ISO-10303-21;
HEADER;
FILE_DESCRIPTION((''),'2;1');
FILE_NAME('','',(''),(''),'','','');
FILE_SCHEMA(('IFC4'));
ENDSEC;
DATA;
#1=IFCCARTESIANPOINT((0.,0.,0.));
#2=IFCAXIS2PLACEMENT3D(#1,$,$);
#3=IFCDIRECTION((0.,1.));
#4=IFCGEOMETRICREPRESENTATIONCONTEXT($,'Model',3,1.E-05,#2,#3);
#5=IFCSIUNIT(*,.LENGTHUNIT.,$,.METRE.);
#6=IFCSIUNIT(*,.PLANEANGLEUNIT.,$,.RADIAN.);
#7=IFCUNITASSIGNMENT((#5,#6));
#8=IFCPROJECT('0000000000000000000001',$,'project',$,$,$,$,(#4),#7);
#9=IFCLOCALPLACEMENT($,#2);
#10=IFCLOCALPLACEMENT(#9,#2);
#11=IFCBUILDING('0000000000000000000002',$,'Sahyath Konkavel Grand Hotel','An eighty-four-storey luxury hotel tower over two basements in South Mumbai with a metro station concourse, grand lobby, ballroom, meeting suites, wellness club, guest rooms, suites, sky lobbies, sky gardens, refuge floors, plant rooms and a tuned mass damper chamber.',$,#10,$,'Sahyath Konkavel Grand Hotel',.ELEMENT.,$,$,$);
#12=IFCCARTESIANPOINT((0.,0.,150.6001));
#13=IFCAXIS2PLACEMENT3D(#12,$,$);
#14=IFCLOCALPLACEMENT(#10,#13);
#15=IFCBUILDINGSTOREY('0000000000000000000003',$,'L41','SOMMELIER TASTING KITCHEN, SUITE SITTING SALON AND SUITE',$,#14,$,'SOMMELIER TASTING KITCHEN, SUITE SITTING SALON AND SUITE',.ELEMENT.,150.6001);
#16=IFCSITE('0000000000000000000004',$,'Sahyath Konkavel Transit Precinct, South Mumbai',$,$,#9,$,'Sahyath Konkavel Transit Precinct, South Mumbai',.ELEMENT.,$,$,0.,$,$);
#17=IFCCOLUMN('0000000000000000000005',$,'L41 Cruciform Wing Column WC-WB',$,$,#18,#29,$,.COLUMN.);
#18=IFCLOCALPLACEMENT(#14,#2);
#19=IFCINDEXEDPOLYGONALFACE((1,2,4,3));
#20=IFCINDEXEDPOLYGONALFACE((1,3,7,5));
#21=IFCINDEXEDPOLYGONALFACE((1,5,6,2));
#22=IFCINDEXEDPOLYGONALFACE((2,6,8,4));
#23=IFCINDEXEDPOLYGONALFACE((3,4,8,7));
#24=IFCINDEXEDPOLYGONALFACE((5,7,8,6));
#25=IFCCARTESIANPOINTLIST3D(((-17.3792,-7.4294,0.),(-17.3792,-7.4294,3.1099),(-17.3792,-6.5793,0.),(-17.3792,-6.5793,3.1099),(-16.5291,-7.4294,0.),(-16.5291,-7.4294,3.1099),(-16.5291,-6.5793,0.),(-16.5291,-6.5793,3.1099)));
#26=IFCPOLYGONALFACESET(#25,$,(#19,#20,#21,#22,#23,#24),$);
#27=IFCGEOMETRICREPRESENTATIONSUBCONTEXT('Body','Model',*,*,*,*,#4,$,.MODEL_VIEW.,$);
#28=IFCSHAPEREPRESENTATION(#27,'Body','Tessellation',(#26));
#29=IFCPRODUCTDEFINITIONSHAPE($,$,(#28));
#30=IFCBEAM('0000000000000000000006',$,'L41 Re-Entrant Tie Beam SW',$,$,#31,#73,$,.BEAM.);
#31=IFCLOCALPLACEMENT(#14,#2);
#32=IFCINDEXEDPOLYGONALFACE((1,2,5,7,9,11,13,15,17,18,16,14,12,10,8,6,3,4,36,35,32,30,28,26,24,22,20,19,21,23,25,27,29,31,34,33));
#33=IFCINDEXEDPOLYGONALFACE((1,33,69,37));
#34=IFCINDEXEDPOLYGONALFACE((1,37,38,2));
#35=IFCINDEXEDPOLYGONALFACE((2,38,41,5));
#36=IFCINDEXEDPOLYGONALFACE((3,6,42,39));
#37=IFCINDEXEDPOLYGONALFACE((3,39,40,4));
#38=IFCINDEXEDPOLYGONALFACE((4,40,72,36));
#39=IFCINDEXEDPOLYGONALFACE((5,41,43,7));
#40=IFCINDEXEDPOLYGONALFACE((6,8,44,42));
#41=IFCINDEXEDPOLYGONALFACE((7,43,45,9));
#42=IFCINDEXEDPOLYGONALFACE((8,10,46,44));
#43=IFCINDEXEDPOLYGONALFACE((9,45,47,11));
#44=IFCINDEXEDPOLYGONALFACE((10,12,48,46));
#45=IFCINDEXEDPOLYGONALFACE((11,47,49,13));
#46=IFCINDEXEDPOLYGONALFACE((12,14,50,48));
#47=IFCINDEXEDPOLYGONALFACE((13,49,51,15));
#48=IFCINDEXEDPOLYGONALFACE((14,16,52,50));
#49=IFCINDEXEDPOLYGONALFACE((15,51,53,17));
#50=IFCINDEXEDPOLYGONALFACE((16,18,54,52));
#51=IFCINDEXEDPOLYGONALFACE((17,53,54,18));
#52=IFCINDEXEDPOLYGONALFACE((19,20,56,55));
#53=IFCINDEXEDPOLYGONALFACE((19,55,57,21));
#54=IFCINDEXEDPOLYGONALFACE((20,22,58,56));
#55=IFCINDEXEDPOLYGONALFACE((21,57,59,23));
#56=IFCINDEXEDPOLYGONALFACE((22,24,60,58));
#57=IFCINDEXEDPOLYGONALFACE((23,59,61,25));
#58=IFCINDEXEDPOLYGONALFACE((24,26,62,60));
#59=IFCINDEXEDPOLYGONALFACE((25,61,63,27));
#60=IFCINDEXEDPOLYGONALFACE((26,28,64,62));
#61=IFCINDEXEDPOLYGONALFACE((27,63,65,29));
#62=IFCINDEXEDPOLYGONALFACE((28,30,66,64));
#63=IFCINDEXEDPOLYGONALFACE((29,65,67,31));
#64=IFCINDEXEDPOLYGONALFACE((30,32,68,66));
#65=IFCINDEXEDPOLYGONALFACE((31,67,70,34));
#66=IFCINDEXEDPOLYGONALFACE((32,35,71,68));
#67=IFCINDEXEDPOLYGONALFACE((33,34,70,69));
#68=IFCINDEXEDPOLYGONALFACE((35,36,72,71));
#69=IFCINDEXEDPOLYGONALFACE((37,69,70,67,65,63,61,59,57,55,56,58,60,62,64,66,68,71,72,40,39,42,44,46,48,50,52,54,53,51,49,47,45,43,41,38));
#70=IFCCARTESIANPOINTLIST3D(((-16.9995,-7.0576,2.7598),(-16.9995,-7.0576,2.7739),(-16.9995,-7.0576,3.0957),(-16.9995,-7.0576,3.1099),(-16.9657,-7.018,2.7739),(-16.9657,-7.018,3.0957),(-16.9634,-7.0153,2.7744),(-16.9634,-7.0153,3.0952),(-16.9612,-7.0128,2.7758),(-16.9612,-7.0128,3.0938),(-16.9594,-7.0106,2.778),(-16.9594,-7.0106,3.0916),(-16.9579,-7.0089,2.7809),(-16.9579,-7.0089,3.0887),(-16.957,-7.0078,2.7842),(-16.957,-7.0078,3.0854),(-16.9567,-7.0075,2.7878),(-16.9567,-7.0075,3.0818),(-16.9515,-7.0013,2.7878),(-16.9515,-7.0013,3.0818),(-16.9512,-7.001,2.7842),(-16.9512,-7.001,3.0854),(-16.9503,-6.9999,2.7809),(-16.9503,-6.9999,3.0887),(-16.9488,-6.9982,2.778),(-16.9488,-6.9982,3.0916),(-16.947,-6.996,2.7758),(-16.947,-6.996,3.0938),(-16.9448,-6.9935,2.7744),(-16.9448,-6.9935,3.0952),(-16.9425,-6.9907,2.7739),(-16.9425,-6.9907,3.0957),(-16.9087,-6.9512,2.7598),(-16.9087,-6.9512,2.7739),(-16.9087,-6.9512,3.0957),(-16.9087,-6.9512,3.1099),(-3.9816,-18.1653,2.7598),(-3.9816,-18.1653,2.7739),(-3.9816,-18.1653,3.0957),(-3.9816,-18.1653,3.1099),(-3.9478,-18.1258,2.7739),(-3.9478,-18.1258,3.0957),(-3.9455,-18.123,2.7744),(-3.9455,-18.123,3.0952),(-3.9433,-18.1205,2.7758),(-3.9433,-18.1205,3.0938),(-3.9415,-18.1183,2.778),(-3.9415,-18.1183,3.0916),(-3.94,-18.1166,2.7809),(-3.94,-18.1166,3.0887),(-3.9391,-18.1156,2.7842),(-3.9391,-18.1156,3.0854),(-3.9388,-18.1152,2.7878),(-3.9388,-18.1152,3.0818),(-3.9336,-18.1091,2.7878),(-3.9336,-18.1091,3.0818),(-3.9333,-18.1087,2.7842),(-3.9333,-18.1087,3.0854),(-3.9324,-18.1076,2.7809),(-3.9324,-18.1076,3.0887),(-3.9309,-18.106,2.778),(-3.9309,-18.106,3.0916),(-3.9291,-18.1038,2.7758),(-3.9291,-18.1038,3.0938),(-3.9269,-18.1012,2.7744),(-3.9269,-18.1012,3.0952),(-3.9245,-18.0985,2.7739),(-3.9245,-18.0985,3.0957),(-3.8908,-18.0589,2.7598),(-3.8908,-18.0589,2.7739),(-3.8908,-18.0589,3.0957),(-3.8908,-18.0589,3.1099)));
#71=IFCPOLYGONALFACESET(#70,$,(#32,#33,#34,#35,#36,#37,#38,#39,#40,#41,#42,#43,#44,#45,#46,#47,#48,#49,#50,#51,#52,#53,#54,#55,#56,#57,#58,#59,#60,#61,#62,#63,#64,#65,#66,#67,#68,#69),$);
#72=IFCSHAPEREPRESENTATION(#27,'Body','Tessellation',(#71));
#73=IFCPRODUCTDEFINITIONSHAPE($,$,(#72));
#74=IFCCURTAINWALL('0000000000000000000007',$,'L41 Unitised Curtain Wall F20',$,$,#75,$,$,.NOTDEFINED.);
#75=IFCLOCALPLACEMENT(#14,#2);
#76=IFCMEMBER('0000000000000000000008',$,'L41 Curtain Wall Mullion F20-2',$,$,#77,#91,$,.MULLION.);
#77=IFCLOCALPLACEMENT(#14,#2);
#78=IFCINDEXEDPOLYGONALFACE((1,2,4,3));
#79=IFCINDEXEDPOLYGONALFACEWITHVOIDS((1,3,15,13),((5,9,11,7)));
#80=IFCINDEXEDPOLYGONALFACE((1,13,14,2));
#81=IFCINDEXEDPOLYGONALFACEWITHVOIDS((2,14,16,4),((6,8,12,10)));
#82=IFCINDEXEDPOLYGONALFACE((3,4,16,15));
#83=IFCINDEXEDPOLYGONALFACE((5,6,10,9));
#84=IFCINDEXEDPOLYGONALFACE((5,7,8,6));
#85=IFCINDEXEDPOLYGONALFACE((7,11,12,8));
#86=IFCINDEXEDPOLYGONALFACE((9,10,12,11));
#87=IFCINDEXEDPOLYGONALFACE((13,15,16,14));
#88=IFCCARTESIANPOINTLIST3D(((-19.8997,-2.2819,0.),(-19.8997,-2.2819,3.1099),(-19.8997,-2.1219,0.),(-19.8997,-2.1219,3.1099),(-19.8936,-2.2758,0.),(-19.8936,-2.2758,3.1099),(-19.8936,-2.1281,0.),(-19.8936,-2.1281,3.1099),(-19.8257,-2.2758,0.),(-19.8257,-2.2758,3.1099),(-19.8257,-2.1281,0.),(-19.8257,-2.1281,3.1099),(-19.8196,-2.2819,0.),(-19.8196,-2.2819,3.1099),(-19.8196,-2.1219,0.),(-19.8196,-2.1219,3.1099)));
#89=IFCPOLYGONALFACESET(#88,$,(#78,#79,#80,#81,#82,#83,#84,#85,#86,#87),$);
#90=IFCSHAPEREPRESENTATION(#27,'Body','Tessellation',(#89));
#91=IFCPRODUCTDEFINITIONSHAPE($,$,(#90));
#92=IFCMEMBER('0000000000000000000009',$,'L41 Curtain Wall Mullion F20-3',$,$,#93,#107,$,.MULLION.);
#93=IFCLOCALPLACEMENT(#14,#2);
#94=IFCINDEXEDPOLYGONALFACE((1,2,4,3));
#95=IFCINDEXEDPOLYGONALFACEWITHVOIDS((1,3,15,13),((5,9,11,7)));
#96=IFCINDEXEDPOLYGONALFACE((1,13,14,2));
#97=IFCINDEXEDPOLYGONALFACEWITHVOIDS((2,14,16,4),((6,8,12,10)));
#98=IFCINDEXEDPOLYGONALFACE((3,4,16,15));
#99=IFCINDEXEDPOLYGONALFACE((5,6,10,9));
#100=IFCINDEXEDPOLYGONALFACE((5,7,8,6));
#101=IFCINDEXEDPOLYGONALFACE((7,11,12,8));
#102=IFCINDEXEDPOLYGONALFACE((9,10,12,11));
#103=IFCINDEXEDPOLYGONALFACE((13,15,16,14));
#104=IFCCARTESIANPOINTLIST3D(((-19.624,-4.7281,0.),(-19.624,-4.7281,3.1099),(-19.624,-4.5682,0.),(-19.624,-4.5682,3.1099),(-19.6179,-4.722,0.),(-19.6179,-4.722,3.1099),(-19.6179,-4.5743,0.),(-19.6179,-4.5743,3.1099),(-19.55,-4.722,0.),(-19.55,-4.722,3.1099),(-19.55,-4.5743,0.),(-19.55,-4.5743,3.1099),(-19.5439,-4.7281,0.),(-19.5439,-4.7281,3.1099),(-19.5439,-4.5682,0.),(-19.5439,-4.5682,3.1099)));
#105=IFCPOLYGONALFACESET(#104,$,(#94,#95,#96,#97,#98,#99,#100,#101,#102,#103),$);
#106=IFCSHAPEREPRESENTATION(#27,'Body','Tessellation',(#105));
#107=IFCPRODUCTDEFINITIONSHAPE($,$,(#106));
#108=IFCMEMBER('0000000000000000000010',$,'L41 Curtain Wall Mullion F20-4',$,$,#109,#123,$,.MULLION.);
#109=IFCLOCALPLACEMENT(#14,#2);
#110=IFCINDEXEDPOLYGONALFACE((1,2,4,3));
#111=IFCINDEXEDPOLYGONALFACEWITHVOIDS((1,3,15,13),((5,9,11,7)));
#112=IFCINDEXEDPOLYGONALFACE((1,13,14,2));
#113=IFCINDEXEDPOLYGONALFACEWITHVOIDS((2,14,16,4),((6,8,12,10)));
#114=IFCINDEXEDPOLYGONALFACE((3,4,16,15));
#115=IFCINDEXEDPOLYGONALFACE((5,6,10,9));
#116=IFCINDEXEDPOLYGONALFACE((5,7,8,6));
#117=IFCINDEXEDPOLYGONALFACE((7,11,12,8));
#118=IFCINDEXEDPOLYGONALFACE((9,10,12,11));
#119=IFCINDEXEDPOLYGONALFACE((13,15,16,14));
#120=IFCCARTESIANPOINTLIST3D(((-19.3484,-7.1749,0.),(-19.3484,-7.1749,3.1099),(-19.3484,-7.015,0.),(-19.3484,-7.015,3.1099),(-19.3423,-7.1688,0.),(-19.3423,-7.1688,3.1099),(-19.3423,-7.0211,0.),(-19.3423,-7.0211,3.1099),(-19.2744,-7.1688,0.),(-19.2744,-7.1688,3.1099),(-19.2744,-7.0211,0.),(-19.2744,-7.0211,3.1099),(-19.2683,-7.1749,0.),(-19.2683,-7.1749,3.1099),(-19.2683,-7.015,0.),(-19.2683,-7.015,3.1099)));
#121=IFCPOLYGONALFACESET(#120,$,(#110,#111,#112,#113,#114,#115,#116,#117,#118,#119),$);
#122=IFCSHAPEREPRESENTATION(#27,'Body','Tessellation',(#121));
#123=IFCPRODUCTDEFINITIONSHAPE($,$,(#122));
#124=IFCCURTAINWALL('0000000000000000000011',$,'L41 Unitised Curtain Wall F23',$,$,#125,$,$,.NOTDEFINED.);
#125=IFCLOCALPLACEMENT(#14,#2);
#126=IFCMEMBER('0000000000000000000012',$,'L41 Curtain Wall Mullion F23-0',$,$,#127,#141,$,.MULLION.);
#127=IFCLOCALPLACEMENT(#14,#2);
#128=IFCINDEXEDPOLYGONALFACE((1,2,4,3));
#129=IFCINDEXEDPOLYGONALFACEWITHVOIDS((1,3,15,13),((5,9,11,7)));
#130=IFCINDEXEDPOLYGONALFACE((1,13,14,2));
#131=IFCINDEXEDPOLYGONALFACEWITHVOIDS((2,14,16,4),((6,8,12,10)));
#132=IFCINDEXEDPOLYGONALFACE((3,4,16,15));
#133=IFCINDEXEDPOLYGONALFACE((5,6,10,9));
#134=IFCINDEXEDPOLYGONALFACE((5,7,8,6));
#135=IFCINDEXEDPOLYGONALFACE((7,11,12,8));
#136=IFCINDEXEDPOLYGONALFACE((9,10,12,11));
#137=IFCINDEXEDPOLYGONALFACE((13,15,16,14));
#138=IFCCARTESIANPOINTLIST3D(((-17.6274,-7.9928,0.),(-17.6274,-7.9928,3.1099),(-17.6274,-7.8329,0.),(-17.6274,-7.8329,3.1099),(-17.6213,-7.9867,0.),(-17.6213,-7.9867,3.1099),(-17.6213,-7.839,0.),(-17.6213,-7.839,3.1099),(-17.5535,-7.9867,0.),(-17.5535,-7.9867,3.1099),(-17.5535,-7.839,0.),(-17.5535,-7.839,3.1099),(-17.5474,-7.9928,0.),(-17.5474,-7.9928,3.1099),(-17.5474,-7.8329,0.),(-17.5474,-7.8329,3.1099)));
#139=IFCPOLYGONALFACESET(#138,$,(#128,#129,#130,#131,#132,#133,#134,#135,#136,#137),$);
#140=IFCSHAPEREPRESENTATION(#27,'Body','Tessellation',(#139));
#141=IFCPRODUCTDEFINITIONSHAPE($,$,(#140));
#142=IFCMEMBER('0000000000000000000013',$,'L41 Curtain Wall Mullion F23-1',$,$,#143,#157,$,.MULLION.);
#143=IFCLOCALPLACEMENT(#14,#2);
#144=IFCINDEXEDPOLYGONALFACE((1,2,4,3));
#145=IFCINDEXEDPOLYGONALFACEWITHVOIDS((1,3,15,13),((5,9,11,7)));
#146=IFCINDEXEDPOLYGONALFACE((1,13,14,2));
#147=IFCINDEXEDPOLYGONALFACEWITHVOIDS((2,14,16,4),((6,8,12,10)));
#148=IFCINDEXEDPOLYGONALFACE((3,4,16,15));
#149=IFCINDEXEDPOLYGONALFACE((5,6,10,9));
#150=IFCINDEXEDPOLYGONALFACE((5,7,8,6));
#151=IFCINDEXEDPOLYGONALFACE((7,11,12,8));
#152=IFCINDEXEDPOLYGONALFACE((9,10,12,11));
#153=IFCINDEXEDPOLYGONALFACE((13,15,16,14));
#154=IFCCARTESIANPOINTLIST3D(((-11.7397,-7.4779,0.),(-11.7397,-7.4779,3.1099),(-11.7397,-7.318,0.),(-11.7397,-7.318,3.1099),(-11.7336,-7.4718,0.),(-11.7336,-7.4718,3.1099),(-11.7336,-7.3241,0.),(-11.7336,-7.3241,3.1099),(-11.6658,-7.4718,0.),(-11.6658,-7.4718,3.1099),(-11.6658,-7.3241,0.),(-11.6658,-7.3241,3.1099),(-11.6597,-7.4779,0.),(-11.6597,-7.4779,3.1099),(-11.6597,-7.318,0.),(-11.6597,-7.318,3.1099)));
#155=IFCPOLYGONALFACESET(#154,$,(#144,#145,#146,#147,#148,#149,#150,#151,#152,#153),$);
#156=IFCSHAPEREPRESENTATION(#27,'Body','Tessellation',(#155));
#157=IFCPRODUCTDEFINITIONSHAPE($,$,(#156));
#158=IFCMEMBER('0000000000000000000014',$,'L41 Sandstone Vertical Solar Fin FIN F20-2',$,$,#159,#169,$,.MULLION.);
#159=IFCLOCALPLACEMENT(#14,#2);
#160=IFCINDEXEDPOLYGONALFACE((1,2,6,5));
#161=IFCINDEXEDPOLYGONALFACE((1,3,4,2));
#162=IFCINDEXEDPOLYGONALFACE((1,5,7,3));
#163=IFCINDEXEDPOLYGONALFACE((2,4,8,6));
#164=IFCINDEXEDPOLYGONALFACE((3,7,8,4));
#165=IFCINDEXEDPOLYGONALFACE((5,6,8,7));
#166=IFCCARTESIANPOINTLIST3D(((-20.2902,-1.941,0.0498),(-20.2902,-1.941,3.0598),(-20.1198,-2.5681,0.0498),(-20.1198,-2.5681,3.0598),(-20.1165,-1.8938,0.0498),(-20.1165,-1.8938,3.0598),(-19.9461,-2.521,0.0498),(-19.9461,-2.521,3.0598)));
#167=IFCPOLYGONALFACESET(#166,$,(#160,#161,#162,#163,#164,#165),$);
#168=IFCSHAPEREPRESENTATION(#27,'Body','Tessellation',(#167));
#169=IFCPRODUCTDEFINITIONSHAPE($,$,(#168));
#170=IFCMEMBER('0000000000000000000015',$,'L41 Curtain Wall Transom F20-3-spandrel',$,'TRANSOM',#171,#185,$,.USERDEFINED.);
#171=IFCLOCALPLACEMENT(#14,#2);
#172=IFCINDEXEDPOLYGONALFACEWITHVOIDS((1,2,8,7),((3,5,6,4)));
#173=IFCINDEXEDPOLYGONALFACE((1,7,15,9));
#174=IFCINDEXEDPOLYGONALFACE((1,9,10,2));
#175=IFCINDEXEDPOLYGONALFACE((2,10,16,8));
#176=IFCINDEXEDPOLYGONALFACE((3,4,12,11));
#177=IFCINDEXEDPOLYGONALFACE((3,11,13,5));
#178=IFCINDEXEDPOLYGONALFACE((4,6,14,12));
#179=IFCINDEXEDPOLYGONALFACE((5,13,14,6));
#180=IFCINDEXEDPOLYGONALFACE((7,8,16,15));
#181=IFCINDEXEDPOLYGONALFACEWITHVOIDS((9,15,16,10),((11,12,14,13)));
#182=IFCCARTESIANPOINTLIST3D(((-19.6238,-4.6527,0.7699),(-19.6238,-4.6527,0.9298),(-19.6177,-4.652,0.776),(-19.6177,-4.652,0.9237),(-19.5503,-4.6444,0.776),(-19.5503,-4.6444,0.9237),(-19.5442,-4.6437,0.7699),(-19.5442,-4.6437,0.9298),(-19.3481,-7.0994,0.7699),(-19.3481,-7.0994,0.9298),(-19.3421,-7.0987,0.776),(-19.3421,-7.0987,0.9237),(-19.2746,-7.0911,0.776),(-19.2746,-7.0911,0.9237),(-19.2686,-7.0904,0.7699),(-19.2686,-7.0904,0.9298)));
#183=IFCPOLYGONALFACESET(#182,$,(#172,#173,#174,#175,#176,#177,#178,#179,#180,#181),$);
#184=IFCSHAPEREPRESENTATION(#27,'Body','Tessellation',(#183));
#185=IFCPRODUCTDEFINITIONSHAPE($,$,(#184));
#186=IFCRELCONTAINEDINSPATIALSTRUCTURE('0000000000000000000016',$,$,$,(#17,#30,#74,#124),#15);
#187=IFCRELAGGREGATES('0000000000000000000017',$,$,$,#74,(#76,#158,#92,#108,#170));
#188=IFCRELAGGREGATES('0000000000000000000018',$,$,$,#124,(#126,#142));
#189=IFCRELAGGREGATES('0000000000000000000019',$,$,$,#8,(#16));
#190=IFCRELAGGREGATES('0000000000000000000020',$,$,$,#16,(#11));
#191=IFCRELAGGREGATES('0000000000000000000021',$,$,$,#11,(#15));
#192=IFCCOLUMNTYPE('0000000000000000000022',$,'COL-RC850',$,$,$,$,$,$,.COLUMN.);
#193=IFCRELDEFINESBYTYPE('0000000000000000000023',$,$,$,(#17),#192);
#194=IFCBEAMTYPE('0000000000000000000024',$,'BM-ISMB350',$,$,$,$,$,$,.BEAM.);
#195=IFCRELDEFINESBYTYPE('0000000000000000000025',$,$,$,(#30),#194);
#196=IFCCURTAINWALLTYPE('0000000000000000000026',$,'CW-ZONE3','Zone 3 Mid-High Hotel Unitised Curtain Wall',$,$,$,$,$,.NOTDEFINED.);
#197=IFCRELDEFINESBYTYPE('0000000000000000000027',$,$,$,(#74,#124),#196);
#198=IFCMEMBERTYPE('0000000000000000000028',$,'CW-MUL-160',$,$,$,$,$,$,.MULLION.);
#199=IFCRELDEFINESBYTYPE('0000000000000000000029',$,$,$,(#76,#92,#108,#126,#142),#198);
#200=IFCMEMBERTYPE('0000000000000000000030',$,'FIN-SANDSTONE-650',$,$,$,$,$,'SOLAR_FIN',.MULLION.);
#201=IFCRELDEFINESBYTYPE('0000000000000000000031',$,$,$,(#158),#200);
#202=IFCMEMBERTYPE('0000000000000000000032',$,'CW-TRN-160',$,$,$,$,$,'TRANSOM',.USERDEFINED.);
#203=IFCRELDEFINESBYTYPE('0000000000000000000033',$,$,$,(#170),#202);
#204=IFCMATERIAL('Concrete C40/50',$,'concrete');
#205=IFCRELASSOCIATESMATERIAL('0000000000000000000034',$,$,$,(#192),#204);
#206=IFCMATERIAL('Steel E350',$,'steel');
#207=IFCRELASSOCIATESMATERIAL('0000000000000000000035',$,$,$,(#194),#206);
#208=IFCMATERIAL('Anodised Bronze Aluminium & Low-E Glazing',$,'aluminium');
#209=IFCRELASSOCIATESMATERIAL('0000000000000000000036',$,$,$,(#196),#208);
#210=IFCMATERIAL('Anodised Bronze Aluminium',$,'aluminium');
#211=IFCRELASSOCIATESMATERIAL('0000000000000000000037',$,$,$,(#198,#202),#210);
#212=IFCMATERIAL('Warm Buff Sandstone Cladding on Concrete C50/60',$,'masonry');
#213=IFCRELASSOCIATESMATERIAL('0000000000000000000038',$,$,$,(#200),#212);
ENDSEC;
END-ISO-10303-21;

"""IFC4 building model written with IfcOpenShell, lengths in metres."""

from ifc_helpers import new_model, si_unit, direction, frame, origin, origin_2d, place, context, subcontext, project, spatial, rectangle, hollow_rectangle, i_section, extrude, source, transform, mapped, material, material_profile, profile_set, type_object, element, aggregate, save


model = new_model("IFC4")

# Units and contexts
model_context = context("Model", 3, precision=1e-05, world=origin(), true_north=direction((0.0, 1.0)))
body_context = subcontext(model_context, "Body", "Model", "MODEL_VIEW")
ifc_project = project(units=[si_unit("LENGTHUNIT", "METRE"), si_unit("PLANEANGLEUNIT", "RADIAN")], contexts=[model_context])

# Site, building, storey
site_placement = place(None, origin())
site = spatial("IfcSite", under=ifc_project, at=site_placement, Name="Sahyath Konkavel Transit Precinct, South Mumbai", LongName="Sahyath Konkavel Transit Precinct, South Mumbai", CompositionType="ELEMENT", RefElevation=0.0)
building_placement = place(site_placement, origin())
building = spatial("IfcBuilding", under=site, at=building_placement, Name="Sahyath Konkavel Grand Hotel", Description="An eighty-four-storey luxury hotel tower over two basements in South Mumbai with a metro station concourse, grand lobby, ballroom, meeting suites, wellness club, guest rooms, suites, sky lobbies, sky gardens, refuge floors, plant rooms and a tuned mass damper chamber.", LongName="Sahyath Konkavel Grand Hotel", CompositionType="ELEMENT")
storey_placement = place(building_placement, frame((0.0, 0.0, 150.6001)))
storey = spatial("IfcBuildingStorey", under=building, at=storey_placement, Name="L41", Description="SOMMELIER TASTING KITCHEN, SUITE SITTING SALON AND SUITE", LongName="SOMMELIER TASTING KITCHEN, SUITE SITTING SALON AND SUITE", CompositionType="ELEMENT", Elevation=150.6001)

# Column
ifc_material_1 = material(Name="Concrete C40/50", Category="concrete")
ifc_material_profile_1 = material_profile(ifc_material_1, rectangle(XDim=0.8501, YDim=0.8501, at=origin_2d()), Name="RC 850x850")
ifc_profile_set_1 = profile_set([ifc_material_profile_1], Name="Concrete C40/50")
column_type = type_object("IfcColumnType", Name="COL-RC850", PredefinedType="COLUMN", material=ifc_profile_set_1)
shared_shape_1 = source(origin(), body_context, "Body", "SweptSolid", [
    extrude(rectangle(XDim=0.8501, YDim=0.8501, at=origin_2d()), origin(), (0.0, 0.0, 1.0), 3.1099),
])
column_placement = place(storey_placement, frame((-16.9541, -7.0044, 0.0), z_axis=(0.0, 0.0, 1.0), x_axis=(1.0, 0.0, 0.0)))
element("IfcColumn", 1, at=column_placement, inside=storey, type_object=column_type, Name="L41 Cruciform Wing Column WC-WB", PredefinedType="COLUMN", context=body_context, shape_type="MappedRepresentation", body=[
    mapped(shared_shape_1, transform((0.0, 0.0, 0.0), scale=1.0)),
])

# Beam
ifc_material_2 = material(Name="Steel E350", Category="steel")
ifc_material_profile_2 = material_profile(ifc_material_2, i_section(OverallWidth=0.1399, OverallDepth=0.3501, WebThickness=0.0081, FlangeThickness=0.0142, FilletRadius=0.0139, at=origin_2d()), Name="ISMB 350")
ifc_profile_set_2 = profile_set([ifc_material_profile_2], Name="Steel E350")
beam_type = type_object("IfcBeamType", Name="BM-ISMB350", PredefinedType="BEAM", material=ifc_profile_set_2)
shared_shape_2 = source(origin(), body_context, "Body", "SweptSolid", [
    extrude(i_section(OverallWidth=0.1399, OverallDepth=0.3501, WebThickness=0.0081, FlangeThickness=0.0142, FilletRadius=0.0139, at=origin_2d()), origin(), (0.0, 0.0, 1.0), 17.1128),
])
beam_placement = place(storey_placement, frame((-16.9541, -7.0044, 2.9348), z_axis=(0.760712, -0.64909, 0.0), x_axis=(0.64909, 0.760712, 0.0)))
element("IfcBeam", 2, at=beam_placement, inside=storey, type_object=beam_type, Name="L41 Re-Entrant Tie Beam SW", PredefinedType="BEAM", context=body_context, shape_type="MappedRepresentation", body=[
    mapped(shared_shape_2, transform((0.0, 0.0, 0.0), scale=1.0)),
])

# Curtain walls, members
ifc_material_3 = material(Name="Anodised Bronze Aluminium & Low-E Glazing", Category="aluminium")
curtain_wall_type = type_object("IfcCurtainWallType", Name="CW-ZONE3", Description="Zone 3 Mid-High Hotel Unitised Curtain Wall", PredefinedType="NOTDEFINED", material=ifc_material_3)
curtain_wall_1_placement = place(storey_placement, origin())
curtain_wall_1 = element("IfcCurtainWall", 3, at=curtain_wall_1_placement, inside=storey, type_object=curtain_wall_type, Name="L41 Unitised Curtain Wall F20", PredefinedType="NOTDEFINED")
ifc_material_4 = material(Name="Anodised Bronze Aluminium", Category="aluminium")
ifc_material_profile_3 = material_profile(ifc_material_4, hollow_rectangle(XDim=0.0801, YDim=0.1599, WallThickness=0.0061, at=origin_2d()), Name="RHS 160x80x6")
ifc_profile_set_3 = profile_set([ifc_material_profile_3], Name="Anodised Bronze Aluminium")
member_type_1 = type_object("IfcMemberType", Name="CW-MUL-160", PredefinedType="MULLION", material=ifc_profile_set_3)
shared_shape_3 = source(origin(), body_context, "Body", "SweptSolid", [
    extrude(hollow_rectangle(XDim=0.0801, YDim=0.1599, WallThickness=0.0061, at=origin_2d()), origin(), (0.0, 0.0, 1.0), 3.1099),
])
member_1_placement = place(storey_placement, frame((-19.8596, -2.2019, 0.0), z_axis=(0.0, 0.0, 1.0), x_axis=(1.0, 0.0, 0.0)))
member_1 = element("IfcMember", 4, at=member_1_placement, type_object=member_type_1, Name="L41 Curtain Wall Mullion F20-2", PredefinedType="MULLION", context=body_context, shape_type="MappedRepresentation", body=[
    mapped(shared_shape_3, transform((0.0, 0.0, 0.0), scale=1.0)),
])
member_2_placement = place(storey_placement, frame((-19.584, -4.6482, 0.0), z_axis=(0.0, 0.0, 1.0), x_axis=(1.0, 0.0, 0.0)))
member_2 = element("IfcMember", 5, at=member_2_placement, type_object=member_type_1, Name="L41 Curtain Wall Mullion F20-3", PredefinedType="MULLION", context=body_context, shape_type="MappedRepresentation", body=[
    mapped(shared_shape_3, transform((0.0, 0.0, 0.0), scale=1.0)),
])
member_3_placement = place(storey_placement, frame((-19.3083, -7.095, 0.0), z_axis=(0.0, 0.0, 1.0), x_axis=(1.0, 0.0, 0.0)))
member_3 = element("IfcMember", 6, at=member_3_placement, type_object=member_type_1, Name="L41 Curtain Wall Mullion F20-4", PredefinedType="MULLION", context=body_context, shape_type="MappedRepresentation", body=[
    mapped(shared_shape_3, transform((0.0, 0.0, 0.0), scale=1.0)),
])
curtain_wall_2_placement = place(storey_placement, origin())
curtain_wall_2 = element("IfcCurtainWall", 7, at=curtain_wall_2_placement, inside=storey, type_object=curtain_wall_type, Name="L41 Unitised Curtain Wall F23", PredefinedType="NOTDEFINED")
member_4_placement = place(storey_placement, frame((-17.5874, -7.9128, 0.0), z_axis=(0.0, 0.0, 1.0), x_axis=(1.0, 0.0, 0.0)))
member_4 = element("IfcMember", 8, at=member_4_placement, type_object=member_type_1, Name="L41 Curtain Wall Mullion F23-0", PredefinedType="MULLION", context=body_context, shape_type="MappedRepresentation", body=[
    mapped(shared_shape_3, transform((0.0, 0.0, 0.0), scale=1.0)),
])
member_5_placement = place(storey_placement, frame((-11.6997, -7.3979, 0.0), z_axis=(0.0, 0.0, 1.0), x_axis=(1.0, 0.0, 0.0)))
member_5 = element("IfcMember", 9, at=member_5_placement, type_object=member_type_1, Name="L41 Curtain Wall Mullion F23-1", PredefinedType="MULLION", context=body_context, shape_type="MappedRepresentation", body=[
    mapped(shared_shape_3, transform((0.0, 0.0, 0.0), scale=1.0)),
])

# Members
ifc_material_5 = material(Name="Warm Buff Sandstone Cladding on Concrete C50/60", Category="masonry")
ifc_material_profile_4 = material_profile(ifc_material_5, rectangle(XDim=0.1799, YDim=0.6499, at=origin_2d()), Name="FIN 180x650")
ifc_profile_set_4 = profile_set([ifc_material_profile_4], Name="Warm Buff Sandstone Cladding on Concrete C50/60")
member_type_2 = type_object("IfcMemberType", Name="FIN-SANDSTONE-650", ElementType="SOLAR_FIN", PredefinedType="MULLION", material=ifc_profile_set_4)
shared_shape_4 = source(origin(), body_context, "Body", "SweptSolid", [
    extrude(rectangle(XDim=0.1799, YDim=0.6499, at=origin_2d()), origin(), (0.0, 0.0, 1.0), 3.01),
])
member_6_placement = place(storey_placement, frame((-20.1182, -2.231, 0.0498), z_axis=(0.0, 0.0, 1.0), x_axis=(0.965016, 0.262189, 0.0)))
member_6 = element("IfcMember", 10, at=member_6_placement, type_object=member_type_2, Name="L41 Sandstone Vertical Solar Fin FIN F20-2", PredefinedType="MULLION", context=body_context, shape_type="MappedRepresentation", body=[
    mapped(shared_shape_4, transform((0.0, 0.0, 0.0), scale=1.0)),
])
ifc_material_profile_5 = material_profile(ifc_material_4, hollow_rectangle(XDim=0.0801, YDim=0.1599, WallThickness=0.0061, at=origin_2d()), Name="RHS 160x80x6")
ifc_profile_set_5 = profile_set([ifc_material_profile_5], Name="Anodised Bronze Aluminium")
member_type_3 = type_object("IfcMemberType", Name="CW-TRN-160", ElementType="TRANSOM", PredefinedType="USERDEFINED", material=ifc_profile_set_5)
shared_shape_5 = source(origin(), body_context, "Body", "SweptSolid", [
    extrude(hollow_rectangle(XDim=0.0801, YDim=0.1599, WallThickness=0.0061, at=origin_2d()), origin(), (0.0, 0.0, 1.0), 2.4622),
])
member_7_placement = place(storey_placement, frame((-19.584, -4.6482, 0.8499), z_axis=(0.111944, -0.993715, 0.0), x_axis=(0.993715, 0.111944, 0.0)))
member_7 = element("IfcMember", 11, at=member_7_placement, type_object=member_type_3, Name="L41 Curtain Wall Transom F20-3-spandrel", ObjectType="TRANSOM", PredefinedType="USERDEFINED", context=body_context, shape_type="MappedRepresentation", body=[
    mapped(shared_shape_5, transform((0.0, 0.0, 0.0), scale=1.0)),
])

aggregate(curtain_wall_1, [member_1, member_6, member_2, member_3, member_7])
aggregate(curtain_wall_2, [member_4, member_5])

save(model, "model.ifc")
